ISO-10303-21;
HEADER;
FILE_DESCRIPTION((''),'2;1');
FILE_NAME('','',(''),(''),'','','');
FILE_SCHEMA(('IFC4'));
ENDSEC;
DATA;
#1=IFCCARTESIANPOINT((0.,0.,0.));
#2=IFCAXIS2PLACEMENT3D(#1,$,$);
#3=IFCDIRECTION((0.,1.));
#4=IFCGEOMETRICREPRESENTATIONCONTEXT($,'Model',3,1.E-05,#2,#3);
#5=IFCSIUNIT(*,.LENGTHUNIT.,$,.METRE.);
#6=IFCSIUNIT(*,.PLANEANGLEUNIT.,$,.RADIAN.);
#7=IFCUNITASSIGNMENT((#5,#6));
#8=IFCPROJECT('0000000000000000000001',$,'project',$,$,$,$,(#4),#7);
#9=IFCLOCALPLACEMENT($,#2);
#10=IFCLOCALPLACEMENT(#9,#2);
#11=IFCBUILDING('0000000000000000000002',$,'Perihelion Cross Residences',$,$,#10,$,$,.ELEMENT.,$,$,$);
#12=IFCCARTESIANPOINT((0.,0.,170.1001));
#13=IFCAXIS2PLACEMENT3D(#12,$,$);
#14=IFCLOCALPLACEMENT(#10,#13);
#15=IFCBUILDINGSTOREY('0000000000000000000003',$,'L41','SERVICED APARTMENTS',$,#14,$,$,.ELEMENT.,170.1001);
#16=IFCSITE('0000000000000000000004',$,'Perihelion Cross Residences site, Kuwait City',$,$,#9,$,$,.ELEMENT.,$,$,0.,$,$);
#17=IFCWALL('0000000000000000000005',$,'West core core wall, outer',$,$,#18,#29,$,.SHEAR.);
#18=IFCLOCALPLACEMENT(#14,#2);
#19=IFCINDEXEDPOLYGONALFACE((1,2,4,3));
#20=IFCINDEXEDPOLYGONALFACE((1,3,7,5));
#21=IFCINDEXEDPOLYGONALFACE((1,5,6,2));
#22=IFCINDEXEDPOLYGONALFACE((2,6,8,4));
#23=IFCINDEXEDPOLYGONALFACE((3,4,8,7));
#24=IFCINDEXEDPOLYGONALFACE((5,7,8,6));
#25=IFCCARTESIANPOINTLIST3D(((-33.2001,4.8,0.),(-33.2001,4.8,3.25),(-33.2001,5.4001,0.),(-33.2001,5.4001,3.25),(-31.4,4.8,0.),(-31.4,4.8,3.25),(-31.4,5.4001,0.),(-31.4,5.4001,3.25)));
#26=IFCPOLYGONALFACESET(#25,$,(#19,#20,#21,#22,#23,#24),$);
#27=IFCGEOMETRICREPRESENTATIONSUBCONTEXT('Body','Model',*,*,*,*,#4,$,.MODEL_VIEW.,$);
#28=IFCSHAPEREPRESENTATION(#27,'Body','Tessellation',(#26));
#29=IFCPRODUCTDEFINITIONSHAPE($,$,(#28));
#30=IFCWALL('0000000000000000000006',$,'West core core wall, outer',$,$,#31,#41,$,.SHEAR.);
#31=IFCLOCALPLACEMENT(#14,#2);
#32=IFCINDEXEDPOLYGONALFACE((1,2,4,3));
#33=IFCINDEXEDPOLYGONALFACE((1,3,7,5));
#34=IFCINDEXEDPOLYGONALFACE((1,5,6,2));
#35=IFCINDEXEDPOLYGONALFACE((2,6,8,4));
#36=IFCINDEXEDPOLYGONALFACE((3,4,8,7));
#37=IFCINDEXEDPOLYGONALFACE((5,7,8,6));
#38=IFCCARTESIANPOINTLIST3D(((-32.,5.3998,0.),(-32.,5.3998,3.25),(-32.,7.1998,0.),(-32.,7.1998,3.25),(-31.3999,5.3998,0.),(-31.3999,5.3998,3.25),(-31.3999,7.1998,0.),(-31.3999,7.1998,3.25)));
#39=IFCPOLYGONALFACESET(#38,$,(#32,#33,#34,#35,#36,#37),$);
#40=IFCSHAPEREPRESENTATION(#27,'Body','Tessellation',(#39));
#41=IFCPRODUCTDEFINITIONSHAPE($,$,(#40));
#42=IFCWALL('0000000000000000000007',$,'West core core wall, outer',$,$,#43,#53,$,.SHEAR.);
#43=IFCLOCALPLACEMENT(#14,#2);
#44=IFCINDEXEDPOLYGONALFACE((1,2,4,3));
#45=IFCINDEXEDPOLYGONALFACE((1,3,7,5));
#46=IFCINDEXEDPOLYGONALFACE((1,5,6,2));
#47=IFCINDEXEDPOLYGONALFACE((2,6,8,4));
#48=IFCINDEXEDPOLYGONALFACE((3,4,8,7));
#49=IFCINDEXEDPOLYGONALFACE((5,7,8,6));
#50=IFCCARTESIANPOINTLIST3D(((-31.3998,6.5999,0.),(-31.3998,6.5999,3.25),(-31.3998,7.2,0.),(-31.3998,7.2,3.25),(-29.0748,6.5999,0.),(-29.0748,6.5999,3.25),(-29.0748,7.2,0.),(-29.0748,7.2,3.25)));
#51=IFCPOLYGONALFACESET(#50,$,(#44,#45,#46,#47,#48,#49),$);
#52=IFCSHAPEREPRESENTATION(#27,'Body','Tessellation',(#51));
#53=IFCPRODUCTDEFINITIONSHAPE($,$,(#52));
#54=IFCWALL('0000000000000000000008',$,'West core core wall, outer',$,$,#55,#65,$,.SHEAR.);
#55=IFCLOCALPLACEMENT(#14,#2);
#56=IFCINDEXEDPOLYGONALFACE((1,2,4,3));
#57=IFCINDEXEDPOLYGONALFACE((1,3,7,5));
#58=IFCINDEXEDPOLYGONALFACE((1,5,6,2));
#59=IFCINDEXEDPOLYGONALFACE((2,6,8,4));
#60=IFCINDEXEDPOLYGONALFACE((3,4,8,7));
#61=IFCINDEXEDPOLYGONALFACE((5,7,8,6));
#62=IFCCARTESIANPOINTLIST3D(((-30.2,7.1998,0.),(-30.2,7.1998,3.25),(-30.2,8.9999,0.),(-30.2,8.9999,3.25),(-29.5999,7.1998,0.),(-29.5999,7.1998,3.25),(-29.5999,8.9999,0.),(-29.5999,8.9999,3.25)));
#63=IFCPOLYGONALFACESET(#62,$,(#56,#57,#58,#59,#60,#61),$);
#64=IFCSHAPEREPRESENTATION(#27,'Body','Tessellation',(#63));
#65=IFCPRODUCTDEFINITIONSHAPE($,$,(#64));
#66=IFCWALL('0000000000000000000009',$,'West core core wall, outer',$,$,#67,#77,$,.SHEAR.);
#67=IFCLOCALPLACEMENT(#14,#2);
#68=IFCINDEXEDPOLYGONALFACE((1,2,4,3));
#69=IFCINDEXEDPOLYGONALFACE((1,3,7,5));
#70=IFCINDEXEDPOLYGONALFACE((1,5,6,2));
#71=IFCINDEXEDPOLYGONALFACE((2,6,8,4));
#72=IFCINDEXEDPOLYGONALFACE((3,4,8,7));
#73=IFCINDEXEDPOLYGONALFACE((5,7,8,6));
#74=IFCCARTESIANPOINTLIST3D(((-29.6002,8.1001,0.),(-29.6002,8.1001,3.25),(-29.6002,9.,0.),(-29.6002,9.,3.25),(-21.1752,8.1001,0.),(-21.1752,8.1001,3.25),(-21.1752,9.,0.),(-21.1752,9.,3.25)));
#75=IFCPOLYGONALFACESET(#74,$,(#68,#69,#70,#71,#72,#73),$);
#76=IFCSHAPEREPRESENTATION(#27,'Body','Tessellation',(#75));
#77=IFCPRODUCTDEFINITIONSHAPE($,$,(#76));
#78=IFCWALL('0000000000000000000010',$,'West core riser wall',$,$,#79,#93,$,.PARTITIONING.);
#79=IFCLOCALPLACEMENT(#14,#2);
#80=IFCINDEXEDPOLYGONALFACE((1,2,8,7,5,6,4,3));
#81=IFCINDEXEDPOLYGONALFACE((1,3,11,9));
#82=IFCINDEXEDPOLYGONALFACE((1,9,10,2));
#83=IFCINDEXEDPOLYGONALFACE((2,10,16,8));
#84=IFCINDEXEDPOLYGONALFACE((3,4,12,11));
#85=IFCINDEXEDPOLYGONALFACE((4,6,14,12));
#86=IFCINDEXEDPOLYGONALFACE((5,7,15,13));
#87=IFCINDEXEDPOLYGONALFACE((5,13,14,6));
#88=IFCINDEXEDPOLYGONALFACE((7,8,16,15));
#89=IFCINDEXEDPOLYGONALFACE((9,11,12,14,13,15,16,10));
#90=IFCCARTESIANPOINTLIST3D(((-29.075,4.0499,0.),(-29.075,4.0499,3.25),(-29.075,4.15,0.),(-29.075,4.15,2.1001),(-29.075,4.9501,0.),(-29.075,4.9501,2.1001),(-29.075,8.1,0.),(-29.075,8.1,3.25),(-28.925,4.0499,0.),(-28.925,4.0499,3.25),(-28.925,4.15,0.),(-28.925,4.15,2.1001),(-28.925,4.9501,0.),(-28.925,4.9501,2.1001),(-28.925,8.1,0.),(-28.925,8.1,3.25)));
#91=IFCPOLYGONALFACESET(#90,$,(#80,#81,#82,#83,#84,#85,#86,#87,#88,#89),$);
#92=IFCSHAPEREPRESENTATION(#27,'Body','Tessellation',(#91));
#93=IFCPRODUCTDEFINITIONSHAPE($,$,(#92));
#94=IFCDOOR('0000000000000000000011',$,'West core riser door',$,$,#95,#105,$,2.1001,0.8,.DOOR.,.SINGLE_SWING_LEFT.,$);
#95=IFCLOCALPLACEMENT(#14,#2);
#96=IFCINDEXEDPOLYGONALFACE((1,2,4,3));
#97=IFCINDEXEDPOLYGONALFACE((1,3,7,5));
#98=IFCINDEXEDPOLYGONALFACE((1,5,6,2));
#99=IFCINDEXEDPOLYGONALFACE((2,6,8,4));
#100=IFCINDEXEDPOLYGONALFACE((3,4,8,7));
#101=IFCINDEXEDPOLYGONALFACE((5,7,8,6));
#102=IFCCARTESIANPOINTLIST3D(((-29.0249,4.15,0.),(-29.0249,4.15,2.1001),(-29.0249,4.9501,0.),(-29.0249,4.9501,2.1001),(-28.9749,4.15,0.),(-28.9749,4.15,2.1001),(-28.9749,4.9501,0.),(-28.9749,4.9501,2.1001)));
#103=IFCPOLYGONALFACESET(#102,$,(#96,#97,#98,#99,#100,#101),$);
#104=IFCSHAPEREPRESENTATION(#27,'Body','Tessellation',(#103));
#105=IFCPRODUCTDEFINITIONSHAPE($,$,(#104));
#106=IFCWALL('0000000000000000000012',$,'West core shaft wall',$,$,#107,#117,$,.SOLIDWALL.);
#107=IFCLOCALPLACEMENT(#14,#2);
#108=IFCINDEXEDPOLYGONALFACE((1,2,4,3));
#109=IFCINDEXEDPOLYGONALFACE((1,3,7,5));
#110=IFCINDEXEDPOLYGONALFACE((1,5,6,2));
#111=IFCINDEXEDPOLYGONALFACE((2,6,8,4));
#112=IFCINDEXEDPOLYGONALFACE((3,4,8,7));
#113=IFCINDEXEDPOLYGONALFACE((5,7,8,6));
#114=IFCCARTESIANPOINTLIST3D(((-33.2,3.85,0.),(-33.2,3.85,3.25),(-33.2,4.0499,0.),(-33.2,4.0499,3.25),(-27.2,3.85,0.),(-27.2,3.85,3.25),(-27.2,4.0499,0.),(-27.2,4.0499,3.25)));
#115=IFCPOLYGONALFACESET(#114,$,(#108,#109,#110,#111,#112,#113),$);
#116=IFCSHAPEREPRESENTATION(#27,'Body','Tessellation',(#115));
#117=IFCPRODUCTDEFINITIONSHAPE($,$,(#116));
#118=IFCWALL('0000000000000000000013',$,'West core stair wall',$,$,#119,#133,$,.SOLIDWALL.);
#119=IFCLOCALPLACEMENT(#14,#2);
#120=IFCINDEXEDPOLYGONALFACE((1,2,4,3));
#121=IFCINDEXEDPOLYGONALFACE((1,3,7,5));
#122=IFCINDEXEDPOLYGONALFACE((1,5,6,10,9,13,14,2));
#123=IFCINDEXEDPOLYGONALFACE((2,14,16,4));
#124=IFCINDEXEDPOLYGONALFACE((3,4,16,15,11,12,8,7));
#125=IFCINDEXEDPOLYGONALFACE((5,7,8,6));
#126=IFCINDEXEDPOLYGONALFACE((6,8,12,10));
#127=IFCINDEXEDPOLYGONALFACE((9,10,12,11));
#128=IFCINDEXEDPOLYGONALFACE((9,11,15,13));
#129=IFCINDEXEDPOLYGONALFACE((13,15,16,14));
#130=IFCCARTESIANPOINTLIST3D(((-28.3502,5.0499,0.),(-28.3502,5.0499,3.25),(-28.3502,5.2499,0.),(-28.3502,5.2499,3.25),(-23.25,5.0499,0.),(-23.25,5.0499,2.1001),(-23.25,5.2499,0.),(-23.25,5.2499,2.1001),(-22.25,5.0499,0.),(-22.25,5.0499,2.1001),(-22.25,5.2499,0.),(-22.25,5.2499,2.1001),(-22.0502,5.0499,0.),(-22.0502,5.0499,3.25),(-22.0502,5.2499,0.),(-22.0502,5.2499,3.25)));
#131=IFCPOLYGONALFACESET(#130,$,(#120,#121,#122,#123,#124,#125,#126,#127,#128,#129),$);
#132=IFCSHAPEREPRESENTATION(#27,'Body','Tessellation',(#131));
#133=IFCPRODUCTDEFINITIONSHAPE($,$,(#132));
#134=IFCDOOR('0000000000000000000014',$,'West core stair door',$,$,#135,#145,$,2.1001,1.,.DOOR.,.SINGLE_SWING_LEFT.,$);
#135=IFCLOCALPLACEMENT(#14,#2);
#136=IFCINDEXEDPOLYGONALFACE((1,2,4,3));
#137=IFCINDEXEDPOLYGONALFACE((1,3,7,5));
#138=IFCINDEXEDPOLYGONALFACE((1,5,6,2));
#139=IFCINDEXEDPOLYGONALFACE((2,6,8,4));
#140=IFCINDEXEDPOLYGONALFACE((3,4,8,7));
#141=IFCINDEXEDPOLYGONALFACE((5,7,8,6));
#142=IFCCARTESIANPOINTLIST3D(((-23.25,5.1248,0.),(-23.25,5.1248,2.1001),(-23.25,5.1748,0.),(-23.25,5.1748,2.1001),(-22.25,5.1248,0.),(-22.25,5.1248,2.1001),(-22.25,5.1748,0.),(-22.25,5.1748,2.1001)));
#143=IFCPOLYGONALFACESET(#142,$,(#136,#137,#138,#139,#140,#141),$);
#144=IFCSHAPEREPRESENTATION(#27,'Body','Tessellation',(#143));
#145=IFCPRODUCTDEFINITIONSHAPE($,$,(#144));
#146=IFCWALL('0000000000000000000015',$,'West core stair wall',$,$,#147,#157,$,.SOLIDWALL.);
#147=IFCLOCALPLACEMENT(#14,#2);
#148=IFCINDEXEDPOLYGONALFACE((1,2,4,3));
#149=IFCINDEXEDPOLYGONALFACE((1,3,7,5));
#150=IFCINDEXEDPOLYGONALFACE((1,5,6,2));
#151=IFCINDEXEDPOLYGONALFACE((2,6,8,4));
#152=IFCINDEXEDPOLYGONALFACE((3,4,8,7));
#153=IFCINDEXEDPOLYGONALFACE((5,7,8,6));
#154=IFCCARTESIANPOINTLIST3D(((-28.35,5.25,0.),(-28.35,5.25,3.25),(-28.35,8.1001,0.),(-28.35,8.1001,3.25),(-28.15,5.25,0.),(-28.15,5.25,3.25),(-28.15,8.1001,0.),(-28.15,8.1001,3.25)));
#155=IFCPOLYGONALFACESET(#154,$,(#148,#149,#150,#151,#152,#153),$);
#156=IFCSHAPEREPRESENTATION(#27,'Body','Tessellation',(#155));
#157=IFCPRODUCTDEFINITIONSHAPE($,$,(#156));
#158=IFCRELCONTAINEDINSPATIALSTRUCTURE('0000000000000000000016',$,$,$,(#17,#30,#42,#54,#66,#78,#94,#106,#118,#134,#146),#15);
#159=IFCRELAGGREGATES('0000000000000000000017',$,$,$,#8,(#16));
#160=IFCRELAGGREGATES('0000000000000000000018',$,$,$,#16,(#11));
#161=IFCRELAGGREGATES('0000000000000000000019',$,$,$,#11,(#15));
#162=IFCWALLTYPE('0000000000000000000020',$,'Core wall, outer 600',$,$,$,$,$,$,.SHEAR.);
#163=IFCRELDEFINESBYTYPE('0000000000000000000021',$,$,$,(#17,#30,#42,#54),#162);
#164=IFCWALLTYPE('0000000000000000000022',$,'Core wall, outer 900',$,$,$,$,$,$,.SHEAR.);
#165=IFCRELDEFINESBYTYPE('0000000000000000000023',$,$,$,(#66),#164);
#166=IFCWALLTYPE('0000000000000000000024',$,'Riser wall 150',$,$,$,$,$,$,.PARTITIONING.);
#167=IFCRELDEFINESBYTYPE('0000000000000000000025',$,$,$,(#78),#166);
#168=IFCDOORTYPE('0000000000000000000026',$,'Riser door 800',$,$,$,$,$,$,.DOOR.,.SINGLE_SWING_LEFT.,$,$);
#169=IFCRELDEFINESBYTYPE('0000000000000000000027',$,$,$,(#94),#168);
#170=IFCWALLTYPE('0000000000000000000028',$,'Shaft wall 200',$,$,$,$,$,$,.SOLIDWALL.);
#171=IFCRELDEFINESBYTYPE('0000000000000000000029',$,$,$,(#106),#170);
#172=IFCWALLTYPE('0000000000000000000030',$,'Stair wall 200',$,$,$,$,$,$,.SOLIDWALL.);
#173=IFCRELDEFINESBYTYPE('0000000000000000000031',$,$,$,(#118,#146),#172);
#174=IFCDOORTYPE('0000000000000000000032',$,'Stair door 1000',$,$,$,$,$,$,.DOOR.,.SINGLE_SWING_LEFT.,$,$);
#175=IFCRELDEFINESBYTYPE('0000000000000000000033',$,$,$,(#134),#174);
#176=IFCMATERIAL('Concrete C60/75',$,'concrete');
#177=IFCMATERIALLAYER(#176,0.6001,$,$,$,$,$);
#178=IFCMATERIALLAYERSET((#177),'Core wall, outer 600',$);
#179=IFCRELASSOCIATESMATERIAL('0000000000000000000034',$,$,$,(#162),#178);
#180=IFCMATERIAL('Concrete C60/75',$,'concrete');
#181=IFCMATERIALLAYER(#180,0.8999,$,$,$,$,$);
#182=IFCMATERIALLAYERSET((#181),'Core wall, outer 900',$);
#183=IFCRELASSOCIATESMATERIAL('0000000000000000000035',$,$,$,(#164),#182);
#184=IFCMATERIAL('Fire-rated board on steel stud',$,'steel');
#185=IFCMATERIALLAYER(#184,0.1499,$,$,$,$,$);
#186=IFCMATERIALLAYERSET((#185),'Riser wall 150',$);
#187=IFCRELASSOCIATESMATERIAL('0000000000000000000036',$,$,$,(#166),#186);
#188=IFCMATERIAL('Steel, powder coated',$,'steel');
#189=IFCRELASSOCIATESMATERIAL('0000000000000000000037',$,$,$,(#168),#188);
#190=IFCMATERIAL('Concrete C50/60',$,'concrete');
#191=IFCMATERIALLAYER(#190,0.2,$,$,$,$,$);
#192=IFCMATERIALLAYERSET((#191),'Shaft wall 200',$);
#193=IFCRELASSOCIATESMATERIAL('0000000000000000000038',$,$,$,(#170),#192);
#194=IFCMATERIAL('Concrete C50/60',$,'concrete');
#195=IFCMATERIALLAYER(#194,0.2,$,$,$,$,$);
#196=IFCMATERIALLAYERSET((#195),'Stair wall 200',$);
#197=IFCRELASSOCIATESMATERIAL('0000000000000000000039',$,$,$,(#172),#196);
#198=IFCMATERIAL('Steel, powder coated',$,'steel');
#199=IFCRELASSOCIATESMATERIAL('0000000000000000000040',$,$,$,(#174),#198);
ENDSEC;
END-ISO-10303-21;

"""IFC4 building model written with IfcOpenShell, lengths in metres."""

from ifc_helpers import new_model, si_unit, direction, frame, frame_2d, origin, place, context, subcontext, project, spatial, rectangle, extrude, material, layer, layer_set, type_object, element, fill, save


model = new_model("IFC4")

# Units and contexts
model_context = context("Model", 3, precision=1e-05, world=origin(), true_north=direction((0.0, 1.0)))
body_context = subcontext(model_context, "Body", "Model", "MODEL_VIEW")
ifc_project = project(units=[si_unit("LENGTHUNIT", "METRE"), si_unit("PLANEANGLEUNIT", "RADIAN")], contexts=[model_context])

# Site, building, storey
site_placement = place(None, origin())
site = spatial("IfcSite", under=ifc_project, at=site_placement, Name="Perihelion Cross Residences site, Kuwait City", CompositionType="ELEMENT", RefElevation=0.0)
building_placement = place(site_placement, origin())
building = spatial("IfcBuilding", under=site, at=building_placement, Name="Perihelion Cross Residences", CompositionType="ELEMENT")
storey_placement = place(building_placement, frame((0.0, 0.0, 170.1001)))
storey = spatial("IfcBuildingStorey", under=building, at=storey_placement, Name="L41", Description="SERVICED APARTMENTS", CompositionType="ELEMENT", Elevation=170.1001)

# Walls
ifc_material_1 = material(Name="Concrete C60/75", Category="concrete")
ifc_layer_1 = layer(ifc_material_1, 0.6001)
ifc_layer_set_1 = layer_set([ifc_layer_1], Name="Core wall, outer 600")
wall_type_1 = type_object("IfcWallType", Name="Core wall, outer 600", PredefinedType="SHEAR", material=ifc_layer_set_1)
for number, where, z_axis, x_axis, name in (
    (1, (-33.2, 5.1001, 0.0), (0.0, 0.0, 1.0), (1.0, 0.0, 0.0), "West core core wall, outer"),
    (2, (-31.7, 5.3999, 0.0), (0.0, 0.0, 1.0), (0.0, 1.0, 0.0), "West core core wall, outer"),
):
    element("IfcWall", number, at=place(storey_placement, frame(where, z_axis=z_axis, x_axis=x_axis)), inside=storey, type_object=wall_type_1, Name=name, PredefinedType="SHEAR", context=body_context, shape_type="SweptSolid", body=[
        extrude(rectangle(XDim=1.8, YDim=0.6001, at=frame_2d((0.8999, 0.0))), origin(), (0.0, 0.0, 1.0), 3.25),
    ])
wall_1_placement = place(storey_placement, frame((-31.3999, 6.8999, 0.0), z_axis=(0.0, 0.0, 1.0), x_axis=(1.0, 0.0, 0.0)))
element("IfcWall", 3, at=wall_1_placement, inside=storey, type_object=wall_type_1, Name="West core core wall, outer", PredefinedType="SHEAR", context=body_context, shape_type="SweptSolid", body=[
    extrude(rectangle(XDim=2.325, YDim=0.6001, at=frame_2d((1.1626, 0.0))), origin(), (0.0, 0.0, 1.0), 3.25),
])
wall_2_placement = place(storey_placement, frame((-29.8999, 7.2, 0.0), z_axis=(0.0, 0.0, 1.0), x_axis=(0.0, 1.0, 0.0)))
element("IfcWall", 4, at=wall_2_placement, inside=storey, type_object=wall_type_1, Name="West core core wall, outer", PredefinedType="SHEAR", context=body_context, shape_type="SweptSolid", body=[
    extrude(rectangle(XDim=1.8, YDim=0.6001, at=frame_2d((0.8999, 0.0))), origin(), (0.0, 0.0, 1.0), 3.25),
])
ifc_material_2 = material(Name="Concrete C60/75", Category="concrete")
ifc_layer_2 = layer(ifc_material_2, 0.8999)
ifc_layer_set_2 = layer_set([ifc_layer_2], Name="Core wall, outer 900")
wall_type_2 = type_object("IfcWallType", Name="Core wall, outer 900", PredefinedType="SHEAR", material=ifc_layer_set_2)
wall_3_placement = place(storey_placement, frame((-29.6001, 8.55, 0.0), z_axis=(0.0, 0.0, 1.0), x_axis=(1.0, 0.0, 0.0)))
element("IfcWall", 5, at=wall_3_placement, inside=storey, type_object=wall_type_2, Name="West core core wall, outer", PredefinedType="SHEAR", context=body_context, shape_type="SweptSolid", body=[
    extrude(rectangle(XDim=8.425, YDim=0.8999, at=frame_2d((4.2124, 0.0))), origin(), (0.0, 0.0, 1.0), 3.25),
])

# Wall, opening, door
ifc_material_3 = material(Name="Fire-rated board on steel stud", Category="steel")
ifc_layer_3 = layer(ifc_material_3, 0.1499)
ifc_layer_set_3 = layer_set([ifc_layer_3], Name="Riser wall 150")
wall_type_3 = type_object("IfcWallType", Name="Riser wall 150", PredefinedType="PARTITIONING", material=ifc_layer_set_3)
wall_4_placement = place(storey_placement, frame((-29.0, 4.05, 0.0), z_axis=(0.0, 0.0, 1.0), x_axis=(0.0, 1.0, 0.0)))
wall_4 = element("IfcWall", 6, at=wall_4_placement, inside=storey, type_object=wall_type_3, Name="West core riser wall", PredefinedType="PARTITIONING", context=body_context, shape_type="SweptSolid", body=[
    extrude(rectangle(XDim=4.05, YDim=0.1499, at=frame_2d((2.0249, 0.0))), origin(), (0.0, 0.0, 1.0), 3.25),
])
opening_1_placement = place(wall_4_placement, frame((0.1001, 0.0, 0.0)))
opening_1 = element("IfcOpeningElement", 7, at=opening_1_placement, cuts=wall_4, PredefinedType="OPENING", context=body_context, shape_type="SweptSolid", body=[
    extrude(rectangle(XDim=0.8, YDim=2.1001, at=frame_2d((0.3999, 1.05))), frame((0.0, 0.085, 0.0), z_axis=(0.0, -1.0, 0.0), x_axis=(1.0, 0.0, 0.0)), (0.0, 0.0, 1.0), 0.1699),
])
ifc_material_4 = material(Name="Steel, powder coated", Category="steel")
door_type_1 = type_object("IfcDoorType", Name="Riser door 800", OperationType="SINGLE_SWING_LEFT", PredefinedType="DOOR", material=ifc_material_4)
door_1_placement = place(opening_1_placement, origin())
door_1 = element("IfcDoor", 8, at=door_1_placement, inside=storey, type_object=door_type_1, Name="West core riser door", OperationType="SINGLE_SWING_LEFT", OverallHeight=2.1001, OverallWidth=0.8, PredefinedType="DOOR", context=body_context, shape_type="SweptSolid", body=[
    extrude(rectangle(XDim=0.8, YDim=2.1001, at=frame_2d((0.3999, 1.05))), frame((0.0, 0.0249, 0.0), z_axis=(0.0, -1.0, 0.0), x_axis=(1.0, 0.0, 0.0)), (0.0, 0.0, 1.0), 0.05),
])
fill(opening_1, door_1)

# Wall
ifc_material_5 = material(Name="Concrete C50/60", Category="concrete")
ifc_layer_4 = layer(ifc_material_5, 0.2)
ifc_layer_set_4 = layer_set([ifc_layer_4], Name="Shaft wall 200")
wall_type_4 = type_object("IfcWallType", Name="Shaft wall 200", PredefinedType="SOLIDWALL", material=ifc_layer_set_4)
wall_5_placement = place(storey_placement, frame((-33.2, 3.95, 0.0), z_axis=(0.0, 0.0, 1.0), x_axis=(1.0, 0.0, 0.0)))
element("IfcWall", 9, at=wall_5_placement, inside=storey, type_object=wall_type_4, Name="West core shaft wall", PredefinedType="SOLIDWALL", context=body_context, shape_type="SweptSolid", body=[
    extrude(rectangle(XDim=6.0, YDim=0.2, at=frame_2d((3.0, 0.0))), origin(), (0.0, 0.0, 1.0), 3.25),
])

# Wall, opening, door
ifc_material_6 = material(Name="Concrete C50/60", Category="concrete")
ifc_layer_5 = layer(ifc_material_6, 0.2)
ifc_layer_set_5 = layer_set([ifc_layer_5], Name="Stair wall 200")
wall_type_5 = type_object("IfcWallType", Name="Stair wall 200", PredefinedType="SOLIDWALL", material=ifc_layer_set_5)
wall_6_placement = place(storey_placement, frame((-28.3501, 5.1499, 0.0), z_axis=(0.0, 0.0, 1.0), x_axis=(1.0, 0.0, 0.0)))
wall_6 = element("IfcWall", 10, at=wall_6_placement, inside=storey, type_object=wall_type_5, Name="West core stair wall", PredefinedType="SOLIDWALL", context=body_context, shape_type="SweptSolid", body=[
    extrude(rectangle(XDim=6.3, YDim=0.2, at=frame_2d((3.1499, 0.0))), origin(), (0.0, 0.0, 1.0), 3.25),
])
opening_2_placement = place(wall_6_placement, frame((5.1001, 0.0, 0.0)))
opening_2 = element("IfcOpeningElement", 11, at=opening_2_placement, cuts=wall_6, PredefinedType="OPENING", context=body_context, shape_type="SweptSolid", body=[
    extrude(rectangle(XDim=1.0, YDim=2.1001, at=frame_2d((0.5, 1.05))), frame((0.0, 0.1099, 0.0), z_axis=(0.0, -1.0, 0.0), x_axis=(1.0, 0.0, 0.0)), (0.0, 0.0, 1.0), 0.22),
])
ifc_material_7 = material(Name="Steel, powder coated", Category="steel")
door_type_2 = type_object("IfcDoorType", Name="Stair door 1000", OperationType="SINGLE_SWING_LEFT", PredefinedType="DOOR", material=ifc_material_7)
door_2_placement = place(opening_2_placement, origin())
door_2 = element("IfcDoor", 12, at=door_2_placement, inside=storey, type_object=door_type_2, Name="West core stair door", OperationType="SINGLE_SWING_LEFT", OverallHeight=2.1001, OverallWidth=1.0, PredefinedType="DOOR", context=body_context, shape_type="SweptSolid", body=[
    extrude(rectangle(XDim=1.0, YDim=2.1001, at=frame_2d((0.5, 1.05))), frame((0.0, 0.0249, 0.0), z_axis=(0.0, -1.0, 0.0), x_axis=(1.0, 0.0, 0.0)), (0.0, 0.0, 1.0), 0.05),
])
fill(opening_2, door_2)

# Wall
wall_7_placement = place(storey_placement, frame((-28.25, 5.25, 0.0), z_axis=(0.0, 0.0, 1.0), x_axis=(0.0, 1.0, 0.0)))
element("IfcWall", 13, at=wall_7_placement, inside=storey, type_object=wall_type_5, Name="West core stair wall", PredefinedType="SOLIDWALL", context=body_context, shape_type="SweptSolid", body=[
    extrude(rectangle(XDim=2.8501, YDim=0.2, at=frame_2d((1.425, 0.0))), origin(), (0.0, 0.0, 1.0), 3.25),
])

save(model, "model.ifc")
